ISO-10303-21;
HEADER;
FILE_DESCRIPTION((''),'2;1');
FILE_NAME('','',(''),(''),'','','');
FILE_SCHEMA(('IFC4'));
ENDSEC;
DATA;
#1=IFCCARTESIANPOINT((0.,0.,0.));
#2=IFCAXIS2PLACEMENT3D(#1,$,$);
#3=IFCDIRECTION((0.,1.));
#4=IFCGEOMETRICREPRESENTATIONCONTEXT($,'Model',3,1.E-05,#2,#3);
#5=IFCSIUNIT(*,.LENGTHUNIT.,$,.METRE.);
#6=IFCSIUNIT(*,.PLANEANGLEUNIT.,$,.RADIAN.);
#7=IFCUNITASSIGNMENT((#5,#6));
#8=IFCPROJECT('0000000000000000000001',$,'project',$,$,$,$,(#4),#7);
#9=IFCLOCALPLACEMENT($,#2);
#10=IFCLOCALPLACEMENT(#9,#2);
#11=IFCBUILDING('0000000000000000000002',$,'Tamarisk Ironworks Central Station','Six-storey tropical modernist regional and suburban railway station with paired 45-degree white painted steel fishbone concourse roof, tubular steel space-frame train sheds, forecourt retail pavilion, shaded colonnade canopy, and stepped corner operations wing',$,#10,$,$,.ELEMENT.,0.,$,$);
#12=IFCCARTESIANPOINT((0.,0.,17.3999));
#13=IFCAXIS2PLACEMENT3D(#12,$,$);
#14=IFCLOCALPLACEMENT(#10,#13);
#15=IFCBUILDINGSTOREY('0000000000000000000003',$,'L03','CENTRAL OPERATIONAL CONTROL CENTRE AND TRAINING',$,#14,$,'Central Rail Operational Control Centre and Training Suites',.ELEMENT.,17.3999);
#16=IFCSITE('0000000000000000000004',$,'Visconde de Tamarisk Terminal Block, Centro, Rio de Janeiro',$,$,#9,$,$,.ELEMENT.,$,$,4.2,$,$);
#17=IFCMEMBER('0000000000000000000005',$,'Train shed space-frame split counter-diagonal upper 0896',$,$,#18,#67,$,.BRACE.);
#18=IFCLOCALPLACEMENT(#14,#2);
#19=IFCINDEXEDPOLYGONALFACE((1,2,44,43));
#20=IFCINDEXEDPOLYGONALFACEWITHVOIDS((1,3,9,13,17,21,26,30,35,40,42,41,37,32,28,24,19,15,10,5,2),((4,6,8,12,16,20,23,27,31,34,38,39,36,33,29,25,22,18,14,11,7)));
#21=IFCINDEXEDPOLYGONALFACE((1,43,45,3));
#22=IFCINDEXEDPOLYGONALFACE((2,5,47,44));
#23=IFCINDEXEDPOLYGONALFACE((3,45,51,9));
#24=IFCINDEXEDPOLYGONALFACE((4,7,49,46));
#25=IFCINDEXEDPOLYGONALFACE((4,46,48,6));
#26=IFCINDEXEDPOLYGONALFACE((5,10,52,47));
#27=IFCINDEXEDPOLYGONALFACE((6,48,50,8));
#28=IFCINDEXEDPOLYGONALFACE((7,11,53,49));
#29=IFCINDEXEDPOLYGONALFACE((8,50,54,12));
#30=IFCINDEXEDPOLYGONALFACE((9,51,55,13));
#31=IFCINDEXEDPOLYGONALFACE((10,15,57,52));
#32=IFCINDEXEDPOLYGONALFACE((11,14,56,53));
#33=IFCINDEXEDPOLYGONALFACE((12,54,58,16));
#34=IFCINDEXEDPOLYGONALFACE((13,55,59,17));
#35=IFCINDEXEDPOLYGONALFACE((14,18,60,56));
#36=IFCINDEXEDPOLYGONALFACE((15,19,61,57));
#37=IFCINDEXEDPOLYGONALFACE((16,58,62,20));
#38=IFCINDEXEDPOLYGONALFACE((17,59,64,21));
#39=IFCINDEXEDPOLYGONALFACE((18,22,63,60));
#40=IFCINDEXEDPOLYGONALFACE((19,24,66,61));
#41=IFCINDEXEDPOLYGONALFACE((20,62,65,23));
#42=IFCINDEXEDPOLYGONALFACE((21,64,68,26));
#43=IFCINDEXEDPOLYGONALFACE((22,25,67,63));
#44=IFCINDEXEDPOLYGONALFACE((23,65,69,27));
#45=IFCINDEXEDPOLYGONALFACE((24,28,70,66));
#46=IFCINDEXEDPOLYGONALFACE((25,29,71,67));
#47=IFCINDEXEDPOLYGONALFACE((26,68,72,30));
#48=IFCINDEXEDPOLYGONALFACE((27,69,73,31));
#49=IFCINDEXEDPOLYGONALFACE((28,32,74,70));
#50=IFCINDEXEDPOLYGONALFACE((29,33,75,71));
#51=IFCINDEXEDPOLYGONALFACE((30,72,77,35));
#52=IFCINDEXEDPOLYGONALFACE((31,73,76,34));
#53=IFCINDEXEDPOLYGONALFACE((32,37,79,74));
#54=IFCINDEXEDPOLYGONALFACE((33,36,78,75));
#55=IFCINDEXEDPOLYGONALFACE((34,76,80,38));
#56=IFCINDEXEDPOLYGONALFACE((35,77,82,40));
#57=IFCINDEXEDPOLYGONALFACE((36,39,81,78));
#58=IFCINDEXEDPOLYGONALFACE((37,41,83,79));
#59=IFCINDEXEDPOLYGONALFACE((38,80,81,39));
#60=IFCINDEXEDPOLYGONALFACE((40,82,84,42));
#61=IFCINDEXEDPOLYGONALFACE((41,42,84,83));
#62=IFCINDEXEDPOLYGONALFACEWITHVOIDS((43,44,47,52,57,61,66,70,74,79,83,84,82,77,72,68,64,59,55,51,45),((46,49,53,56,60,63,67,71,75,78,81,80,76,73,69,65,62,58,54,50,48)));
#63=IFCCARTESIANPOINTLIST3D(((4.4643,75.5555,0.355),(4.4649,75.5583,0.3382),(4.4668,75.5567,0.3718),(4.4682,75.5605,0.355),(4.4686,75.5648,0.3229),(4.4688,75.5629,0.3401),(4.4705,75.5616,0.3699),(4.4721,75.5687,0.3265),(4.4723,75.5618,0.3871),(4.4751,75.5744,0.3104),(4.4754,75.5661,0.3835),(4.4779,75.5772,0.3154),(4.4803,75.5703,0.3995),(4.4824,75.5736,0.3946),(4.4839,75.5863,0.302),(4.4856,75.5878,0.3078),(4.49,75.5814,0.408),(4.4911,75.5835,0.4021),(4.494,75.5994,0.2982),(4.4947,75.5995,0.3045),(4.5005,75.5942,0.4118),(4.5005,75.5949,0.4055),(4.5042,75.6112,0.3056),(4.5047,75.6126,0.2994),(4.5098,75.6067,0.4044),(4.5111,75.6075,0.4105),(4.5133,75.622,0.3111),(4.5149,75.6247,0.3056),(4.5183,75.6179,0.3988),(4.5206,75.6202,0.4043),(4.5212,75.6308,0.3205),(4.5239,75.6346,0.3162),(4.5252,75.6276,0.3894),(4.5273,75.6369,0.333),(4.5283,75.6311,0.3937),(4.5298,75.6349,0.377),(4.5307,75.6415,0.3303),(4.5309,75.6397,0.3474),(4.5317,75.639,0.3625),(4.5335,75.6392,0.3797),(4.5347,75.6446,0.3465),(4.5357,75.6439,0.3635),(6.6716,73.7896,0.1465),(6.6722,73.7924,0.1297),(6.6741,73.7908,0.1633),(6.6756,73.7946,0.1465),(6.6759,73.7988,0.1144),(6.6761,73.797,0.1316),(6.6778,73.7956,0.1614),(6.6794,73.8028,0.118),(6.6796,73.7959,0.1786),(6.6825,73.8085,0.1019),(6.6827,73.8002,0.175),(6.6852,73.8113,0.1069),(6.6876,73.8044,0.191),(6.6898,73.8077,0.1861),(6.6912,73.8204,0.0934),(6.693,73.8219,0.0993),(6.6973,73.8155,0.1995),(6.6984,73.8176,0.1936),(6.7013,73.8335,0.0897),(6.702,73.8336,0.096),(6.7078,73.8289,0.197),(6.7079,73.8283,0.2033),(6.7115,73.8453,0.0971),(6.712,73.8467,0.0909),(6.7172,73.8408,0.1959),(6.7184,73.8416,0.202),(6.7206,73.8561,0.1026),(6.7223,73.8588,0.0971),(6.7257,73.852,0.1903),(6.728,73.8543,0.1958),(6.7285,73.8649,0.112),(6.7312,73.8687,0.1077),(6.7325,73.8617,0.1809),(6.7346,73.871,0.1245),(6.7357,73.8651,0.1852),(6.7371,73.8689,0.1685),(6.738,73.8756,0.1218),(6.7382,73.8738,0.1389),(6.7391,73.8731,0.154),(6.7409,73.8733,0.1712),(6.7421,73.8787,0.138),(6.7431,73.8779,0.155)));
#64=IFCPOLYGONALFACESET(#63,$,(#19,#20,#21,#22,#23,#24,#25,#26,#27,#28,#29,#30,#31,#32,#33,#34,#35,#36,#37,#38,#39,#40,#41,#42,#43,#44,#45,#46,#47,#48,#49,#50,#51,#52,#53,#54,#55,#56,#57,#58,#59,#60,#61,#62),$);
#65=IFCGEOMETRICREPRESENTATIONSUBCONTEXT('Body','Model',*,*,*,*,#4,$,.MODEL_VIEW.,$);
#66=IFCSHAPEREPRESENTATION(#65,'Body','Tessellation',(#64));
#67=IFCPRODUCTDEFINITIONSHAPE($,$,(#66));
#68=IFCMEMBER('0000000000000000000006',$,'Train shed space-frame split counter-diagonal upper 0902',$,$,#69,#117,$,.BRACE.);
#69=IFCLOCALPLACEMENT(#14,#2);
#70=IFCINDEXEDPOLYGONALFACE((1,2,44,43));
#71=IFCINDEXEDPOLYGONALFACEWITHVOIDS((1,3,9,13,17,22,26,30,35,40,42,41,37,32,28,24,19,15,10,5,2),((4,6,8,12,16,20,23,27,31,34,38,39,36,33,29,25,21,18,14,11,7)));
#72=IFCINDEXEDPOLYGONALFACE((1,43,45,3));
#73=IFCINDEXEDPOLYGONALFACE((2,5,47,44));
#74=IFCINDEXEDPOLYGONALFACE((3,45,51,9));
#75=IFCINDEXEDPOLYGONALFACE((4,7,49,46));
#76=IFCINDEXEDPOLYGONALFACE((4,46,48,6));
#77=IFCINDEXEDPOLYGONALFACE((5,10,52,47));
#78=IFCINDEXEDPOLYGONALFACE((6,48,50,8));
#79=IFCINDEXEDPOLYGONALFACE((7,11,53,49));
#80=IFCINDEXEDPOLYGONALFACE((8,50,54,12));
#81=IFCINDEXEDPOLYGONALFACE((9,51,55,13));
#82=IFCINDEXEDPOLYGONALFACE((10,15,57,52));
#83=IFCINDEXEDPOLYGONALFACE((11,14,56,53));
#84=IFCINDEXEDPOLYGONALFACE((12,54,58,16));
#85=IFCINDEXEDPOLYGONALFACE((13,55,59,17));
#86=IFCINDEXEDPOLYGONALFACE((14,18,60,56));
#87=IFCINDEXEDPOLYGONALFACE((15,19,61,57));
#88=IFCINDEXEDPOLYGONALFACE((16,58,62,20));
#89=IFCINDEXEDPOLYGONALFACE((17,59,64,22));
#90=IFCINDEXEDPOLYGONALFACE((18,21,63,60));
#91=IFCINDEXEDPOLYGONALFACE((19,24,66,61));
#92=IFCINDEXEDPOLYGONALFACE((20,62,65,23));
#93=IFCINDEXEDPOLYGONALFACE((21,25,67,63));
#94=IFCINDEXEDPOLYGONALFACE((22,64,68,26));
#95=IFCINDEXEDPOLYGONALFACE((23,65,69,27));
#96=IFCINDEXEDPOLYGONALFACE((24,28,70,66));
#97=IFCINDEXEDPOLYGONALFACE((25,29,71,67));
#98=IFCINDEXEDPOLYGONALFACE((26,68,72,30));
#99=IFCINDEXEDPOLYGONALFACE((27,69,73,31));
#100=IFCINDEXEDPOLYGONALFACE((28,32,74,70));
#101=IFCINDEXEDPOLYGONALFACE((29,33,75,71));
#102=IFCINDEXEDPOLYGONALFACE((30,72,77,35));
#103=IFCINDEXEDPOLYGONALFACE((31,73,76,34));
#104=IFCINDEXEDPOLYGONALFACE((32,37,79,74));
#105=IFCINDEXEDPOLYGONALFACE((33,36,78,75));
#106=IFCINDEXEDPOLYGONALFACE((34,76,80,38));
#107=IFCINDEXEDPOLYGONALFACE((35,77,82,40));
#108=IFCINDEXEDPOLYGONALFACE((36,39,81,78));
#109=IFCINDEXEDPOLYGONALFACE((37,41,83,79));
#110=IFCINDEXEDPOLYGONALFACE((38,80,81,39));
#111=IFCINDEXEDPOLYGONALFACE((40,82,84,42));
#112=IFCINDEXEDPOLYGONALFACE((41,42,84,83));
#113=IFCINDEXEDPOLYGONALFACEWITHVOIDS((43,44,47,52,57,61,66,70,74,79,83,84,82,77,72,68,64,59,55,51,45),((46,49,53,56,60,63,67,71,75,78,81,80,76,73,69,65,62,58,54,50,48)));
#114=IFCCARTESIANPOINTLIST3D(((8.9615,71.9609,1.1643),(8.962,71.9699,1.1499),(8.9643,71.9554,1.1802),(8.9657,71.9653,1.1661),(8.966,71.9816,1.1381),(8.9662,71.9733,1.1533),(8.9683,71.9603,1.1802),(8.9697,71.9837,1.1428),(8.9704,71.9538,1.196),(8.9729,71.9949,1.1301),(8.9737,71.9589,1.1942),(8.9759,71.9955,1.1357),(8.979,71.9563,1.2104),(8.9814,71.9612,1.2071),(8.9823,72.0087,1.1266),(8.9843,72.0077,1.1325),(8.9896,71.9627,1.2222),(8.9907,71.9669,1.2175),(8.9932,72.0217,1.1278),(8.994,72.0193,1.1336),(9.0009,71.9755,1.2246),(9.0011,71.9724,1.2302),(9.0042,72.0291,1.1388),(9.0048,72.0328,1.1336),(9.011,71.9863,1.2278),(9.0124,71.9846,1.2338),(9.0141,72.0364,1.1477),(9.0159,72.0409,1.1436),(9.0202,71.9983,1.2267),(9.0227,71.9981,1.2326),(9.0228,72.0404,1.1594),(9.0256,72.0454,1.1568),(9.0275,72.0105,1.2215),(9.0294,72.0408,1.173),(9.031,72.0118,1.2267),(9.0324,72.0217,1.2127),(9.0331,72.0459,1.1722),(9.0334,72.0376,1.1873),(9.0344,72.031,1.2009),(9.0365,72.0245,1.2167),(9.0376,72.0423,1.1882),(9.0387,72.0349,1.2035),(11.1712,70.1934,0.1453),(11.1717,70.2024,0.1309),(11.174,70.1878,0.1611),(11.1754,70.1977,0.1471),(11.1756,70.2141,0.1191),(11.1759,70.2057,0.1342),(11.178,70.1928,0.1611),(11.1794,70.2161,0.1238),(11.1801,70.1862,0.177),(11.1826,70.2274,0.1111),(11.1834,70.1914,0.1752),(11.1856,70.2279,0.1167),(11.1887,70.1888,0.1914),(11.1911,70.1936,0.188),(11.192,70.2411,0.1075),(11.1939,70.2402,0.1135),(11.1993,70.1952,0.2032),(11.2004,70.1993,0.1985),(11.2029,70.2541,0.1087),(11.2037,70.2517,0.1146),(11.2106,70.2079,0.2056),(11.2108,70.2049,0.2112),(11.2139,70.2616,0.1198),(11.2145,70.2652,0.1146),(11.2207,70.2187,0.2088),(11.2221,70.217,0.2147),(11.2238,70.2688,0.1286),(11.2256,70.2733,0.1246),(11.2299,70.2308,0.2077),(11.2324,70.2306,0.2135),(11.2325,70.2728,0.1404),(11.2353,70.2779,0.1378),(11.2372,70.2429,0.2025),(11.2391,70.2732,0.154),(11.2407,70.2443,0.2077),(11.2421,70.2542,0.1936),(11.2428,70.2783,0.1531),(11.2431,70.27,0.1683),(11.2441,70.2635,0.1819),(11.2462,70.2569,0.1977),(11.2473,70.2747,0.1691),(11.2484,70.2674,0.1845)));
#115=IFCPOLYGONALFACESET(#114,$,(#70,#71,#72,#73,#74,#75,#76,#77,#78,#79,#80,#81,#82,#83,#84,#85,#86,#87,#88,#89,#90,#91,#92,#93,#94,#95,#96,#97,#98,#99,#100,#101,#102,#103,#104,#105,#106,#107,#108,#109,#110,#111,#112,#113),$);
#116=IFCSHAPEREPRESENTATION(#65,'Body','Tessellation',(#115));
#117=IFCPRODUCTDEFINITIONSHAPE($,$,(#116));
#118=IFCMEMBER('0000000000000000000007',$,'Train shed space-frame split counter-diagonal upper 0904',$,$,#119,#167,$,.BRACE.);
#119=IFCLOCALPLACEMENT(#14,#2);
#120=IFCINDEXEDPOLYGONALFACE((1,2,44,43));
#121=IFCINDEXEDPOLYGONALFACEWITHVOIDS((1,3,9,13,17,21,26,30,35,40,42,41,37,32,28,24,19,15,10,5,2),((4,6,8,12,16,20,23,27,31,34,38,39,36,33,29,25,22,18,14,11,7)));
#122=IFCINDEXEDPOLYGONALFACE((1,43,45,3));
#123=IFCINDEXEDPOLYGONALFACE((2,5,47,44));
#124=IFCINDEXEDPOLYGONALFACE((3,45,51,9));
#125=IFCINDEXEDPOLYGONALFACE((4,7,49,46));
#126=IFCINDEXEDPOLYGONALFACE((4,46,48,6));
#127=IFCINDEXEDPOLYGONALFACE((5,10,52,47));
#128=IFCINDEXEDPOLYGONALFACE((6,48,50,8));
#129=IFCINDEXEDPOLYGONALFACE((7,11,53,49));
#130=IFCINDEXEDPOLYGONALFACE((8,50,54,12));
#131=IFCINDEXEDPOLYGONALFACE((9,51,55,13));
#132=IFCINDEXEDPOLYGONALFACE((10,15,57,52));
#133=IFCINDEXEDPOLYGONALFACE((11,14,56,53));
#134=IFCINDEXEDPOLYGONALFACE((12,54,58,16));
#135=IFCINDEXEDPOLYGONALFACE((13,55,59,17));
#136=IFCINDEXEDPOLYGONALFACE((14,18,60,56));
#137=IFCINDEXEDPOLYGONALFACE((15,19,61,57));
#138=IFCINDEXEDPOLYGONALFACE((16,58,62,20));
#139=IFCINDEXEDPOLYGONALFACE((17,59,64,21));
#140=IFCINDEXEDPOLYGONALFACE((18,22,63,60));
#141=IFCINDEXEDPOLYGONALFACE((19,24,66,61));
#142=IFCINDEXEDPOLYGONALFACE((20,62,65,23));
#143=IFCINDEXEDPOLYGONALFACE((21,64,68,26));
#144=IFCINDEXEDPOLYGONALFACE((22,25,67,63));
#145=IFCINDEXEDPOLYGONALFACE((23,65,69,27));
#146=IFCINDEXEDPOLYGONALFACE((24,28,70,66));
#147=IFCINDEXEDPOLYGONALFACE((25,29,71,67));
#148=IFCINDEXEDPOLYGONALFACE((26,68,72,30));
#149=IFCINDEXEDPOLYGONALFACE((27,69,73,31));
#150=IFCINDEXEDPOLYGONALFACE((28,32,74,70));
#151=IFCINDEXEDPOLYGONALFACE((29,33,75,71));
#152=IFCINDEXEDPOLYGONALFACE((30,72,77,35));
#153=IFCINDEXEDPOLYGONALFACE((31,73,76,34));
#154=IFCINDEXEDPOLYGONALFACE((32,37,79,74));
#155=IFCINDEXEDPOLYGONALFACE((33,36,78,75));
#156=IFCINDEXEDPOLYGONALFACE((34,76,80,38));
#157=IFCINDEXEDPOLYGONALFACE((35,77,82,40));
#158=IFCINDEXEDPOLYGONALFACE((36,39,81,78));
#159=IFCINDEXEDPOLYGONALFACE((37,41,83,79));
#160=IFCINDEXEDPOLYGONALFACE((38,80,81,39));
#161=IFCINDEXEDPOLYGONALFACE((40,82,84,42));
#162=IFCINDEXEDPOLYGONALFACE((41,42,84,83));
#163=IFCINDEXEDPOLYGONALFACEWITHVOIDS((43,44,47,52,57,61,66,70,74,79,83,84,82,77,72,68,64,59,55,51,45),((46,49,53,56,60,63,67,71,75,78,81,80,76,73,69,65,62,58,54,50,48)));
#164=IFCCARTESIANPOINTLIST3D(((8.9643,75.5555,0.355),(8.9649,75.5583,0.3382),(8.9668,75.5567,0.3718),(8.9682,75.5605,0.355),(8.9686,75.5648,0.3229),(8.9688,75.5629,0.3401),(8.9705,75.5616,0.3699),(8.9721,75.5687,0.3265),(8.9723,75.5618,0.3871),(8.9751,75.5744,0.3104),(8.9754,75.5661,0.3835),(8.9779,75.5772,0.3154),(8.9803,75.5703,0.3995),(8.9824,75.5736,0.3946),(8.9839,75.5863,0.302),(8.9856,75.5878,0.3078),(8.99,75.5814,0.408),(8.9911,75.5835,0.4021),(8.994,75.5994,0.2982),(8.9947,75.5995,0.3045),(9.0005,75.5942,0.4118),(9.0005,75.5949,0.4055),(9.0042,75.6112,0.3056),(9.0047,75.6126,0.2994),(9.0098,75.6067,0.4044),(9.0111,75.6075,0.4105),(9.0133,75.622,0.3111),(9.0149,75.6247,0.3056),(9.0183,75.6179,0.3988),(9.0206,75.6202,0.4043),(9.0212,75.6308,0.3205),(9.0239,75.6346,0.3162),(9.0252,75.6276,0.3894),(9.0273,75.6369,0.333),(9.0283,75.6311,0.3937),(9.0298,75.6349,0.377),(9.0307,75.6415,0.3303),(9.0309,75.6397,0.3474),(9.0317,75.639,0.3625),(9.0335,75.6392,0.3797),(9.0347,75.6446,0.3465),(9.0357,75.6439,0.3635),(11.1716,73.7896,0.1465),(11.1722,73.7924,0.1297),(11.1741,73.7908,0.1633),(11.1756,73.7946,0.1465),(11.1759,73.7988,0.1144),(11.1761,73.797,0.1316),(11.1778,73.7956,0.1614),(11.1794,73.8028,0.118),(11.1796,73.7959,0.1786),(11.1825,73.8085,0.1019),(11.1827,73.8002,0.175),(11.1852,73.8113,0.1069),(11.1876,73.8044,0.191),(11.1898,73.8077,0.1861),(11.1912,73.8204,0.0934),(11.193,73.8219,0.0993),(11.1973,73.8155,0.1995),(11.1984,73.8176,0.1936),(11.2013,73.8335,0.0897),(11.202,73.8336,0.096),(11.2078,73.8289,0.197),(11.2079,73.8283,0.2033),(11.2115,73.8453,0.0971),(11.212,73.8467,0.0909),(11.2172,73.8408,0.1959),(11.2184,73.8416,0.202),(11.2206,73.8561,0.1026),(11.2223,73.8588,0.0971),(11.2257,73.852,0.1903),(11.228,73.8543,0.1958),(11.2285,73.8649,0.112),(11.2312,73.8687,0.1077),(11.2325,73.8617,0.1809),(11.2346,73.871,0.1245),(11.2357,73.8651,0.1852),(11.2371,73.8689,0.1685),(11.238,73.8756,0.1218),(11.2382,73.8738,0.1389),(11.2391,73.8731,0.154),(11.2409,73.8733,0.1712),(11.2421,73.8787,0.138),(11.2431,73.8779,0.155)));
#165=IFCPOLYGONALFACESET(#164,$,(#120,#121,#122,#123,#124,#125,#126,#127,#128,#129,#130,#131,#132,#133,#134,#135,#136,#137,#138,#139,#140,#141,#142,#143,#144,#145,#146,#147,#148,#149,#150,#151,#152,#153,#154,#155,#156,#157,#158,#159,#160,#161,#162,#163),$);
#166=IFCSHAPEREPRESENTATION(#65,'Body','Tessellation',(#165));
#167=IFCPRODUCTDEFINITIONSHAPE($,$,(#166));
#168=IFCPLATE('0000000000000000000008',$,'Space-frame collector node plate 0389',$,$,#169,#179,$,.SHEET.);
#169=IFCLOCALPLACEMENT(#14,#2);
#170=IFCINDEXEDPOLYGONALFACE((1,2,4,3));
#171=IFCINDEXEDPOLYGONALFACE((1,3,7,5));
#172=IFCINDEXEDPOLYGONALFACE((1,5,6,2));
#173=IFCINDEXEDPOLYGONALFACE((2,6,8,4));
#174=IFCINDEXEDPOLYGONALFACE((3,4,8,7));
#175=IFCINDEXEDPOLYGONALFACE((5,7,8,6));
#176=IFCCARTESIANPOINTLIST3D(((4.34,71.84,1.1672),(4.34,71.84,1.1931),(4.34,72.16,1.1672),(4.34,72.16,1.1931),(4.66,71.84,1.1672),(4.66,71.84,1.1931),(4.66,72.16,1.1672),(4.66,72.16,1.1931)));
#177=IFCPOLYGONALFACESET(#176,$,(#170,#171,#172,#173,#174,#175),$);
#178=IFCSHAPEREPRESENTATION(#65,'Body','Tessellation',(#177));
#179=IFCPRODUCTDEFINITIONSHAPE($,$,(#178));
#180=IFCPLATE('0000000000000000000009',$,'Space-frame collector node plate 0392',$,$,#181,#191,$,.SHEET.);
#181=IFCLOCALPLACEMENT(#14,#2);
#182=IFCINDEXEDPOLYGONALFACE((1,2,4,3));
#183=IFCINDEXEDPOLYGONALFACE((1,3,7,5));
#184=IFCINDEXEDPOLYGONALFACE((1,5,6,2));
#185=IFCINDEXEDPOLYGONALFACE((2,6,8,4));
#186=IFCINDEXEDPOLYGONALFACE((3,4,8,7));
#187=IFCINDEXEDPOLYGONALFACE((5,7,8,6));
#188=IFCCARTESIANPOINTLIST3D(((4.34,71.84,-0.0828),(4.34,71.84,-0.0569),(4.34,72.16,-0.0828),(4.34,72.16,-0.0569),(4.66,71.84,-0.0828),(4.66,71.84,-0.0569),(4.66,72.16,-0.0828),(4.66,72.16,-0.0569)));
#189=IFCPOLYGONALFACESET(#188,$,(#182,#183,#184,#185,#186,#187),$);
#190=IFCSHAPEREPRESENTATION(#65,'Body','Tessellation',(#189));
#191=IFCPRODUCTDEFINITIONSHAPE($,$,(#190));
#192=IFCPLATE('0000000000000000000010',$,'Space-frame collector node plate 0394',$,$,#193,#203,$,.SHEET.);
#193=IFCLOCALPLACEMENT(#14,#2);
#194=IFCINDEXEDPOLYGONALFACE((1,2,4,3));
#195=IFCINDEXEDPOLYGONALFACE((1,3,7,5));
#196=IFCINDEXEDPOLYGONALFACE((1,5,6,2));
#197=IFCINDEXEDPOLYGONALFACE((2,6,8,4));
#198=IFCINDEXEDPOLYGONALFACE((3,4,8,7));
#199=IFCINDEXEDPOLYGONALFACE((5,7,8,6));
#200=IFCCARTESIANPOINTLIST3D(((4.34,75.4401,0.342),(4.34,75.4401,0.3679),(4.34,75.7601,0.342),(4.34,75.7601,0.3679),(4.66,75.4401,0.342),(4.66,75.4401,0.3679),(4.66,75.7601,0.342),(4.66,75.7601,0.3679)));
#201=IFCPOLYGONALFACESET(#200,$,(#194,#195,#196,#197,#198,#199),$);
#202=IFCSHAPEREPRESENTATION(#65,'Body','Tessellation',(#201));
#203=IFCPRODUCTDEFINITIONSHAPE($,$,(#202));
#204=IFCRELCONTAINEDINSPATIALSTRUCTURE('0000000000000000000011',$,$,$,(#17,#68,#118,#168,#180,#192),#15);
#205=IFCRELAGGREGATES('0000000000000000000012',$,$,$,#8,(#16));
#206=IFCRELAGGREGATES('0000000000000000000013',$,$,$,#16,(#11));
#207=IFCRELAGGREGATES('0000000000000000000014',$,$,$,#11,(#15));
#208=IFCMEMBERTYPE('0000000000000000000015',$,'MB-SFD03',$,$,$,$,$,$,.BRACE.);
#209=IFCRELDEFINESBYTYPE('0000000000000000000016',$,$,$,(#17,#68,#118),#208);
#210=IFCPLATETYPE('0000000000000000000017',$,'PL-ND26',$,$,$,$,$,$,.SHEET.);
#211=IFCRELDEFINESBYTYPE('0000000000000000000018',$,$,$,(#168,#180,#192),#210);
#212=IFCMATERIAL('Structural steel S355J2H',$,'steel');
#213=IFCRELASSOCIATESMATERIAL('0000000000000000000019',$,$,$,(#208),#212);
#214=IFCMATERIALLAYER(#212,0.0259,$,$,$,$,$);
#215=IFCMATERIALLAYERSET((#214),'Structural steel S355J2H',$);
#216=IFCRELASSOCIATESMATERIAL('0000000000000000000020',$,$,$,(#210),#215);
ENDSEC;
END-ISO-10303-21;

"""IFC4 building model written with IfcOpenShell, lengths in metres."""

from ifc_helpers import new_model, si_unit, direction, frame, origin, origin_2d, place, context, subcontext, project, spatial, rectangle, hollow_circle, extrude, material, layer, layer_set, material_profile, profile_set, type_object, element, save


model = new_model("IFC4")

# Units and contexts
model_context = context("Model", 3, precision=1e-05, world=origin(), true_north=direction((0.0, 1.0)))
body_context = subcontext(model_context, "Body", "Model", "MODEL_VIEW")
ifc_project = project(units=[si_unit("LENGTHUNIT", "METRE"), si_unit("PLANEANGLEUNIT", "RADIAN")], contexts=[model_context])

# Site, building, storey
site_placement = place(None, origin())
site = spatial("IfcSite", under=ifc_project, at=site_placement, Name="Visconde de Tamarisk Terminal Block, Centro, Rio de Janeiro", CompositionType="ELEMENT", RefElevation=4.2)
building_placement = place(site_placement, origin())
building = spatial("IfcBuilding", under=site, at=building_placement, Name="Tamarisk Ironworks Central Station", Description="Six-storey tropical modernist regional and suburban railway station with paired 45-degree white painted steel fishbone concourse roof, tubular steel space-frame train sheds, forecourt retail pavilion, shaded colonnade canopy, and stepped corner operations wing", CompositionType="ELEMENT", ElevationOfRefHeight=0.0)
storey_placement = place(building_placement, frame((0.0, 0.0, 17.3999)))
storey = spatial("IfcBuildingStorey", under=building, at=storey_placement, Name="L03", Description="CENTRAL OPERATIONAL CONTROL CENTRE AND TRAINING", LongName="Central Rail Operational Control Centre and Training Suites", CompositionType="ELEMENT", Elevation=17.3999)

# Members
ifc_material = material(Name="Structural steel S355J2H", Category="steel")
ifc_material_profile_1 = material_profile(ifc_material, hollow_circle(Radius=0.0571, WallThickness=0.0063, at=origin_2d()), Name="CHS 114.3x6.3")
ifc_profile_set_1 = profile_set([ifc_material_profile_1], Name="Structural steel S355J2H")
member_type_1 = type_object("IfcMemberType", Name="MB-SFD03", PredefinedType="BRACE", material=ifc_profile_set_1)
member_1_placement = place(storey_placement, frame((6.7073, 73.8342, 0.1465), z_axis=(-0.778745, 0.623013, 0.073559), x_axis=(-0.624706, -0.78086, 0.0)))
element("IfcMember", 1, at=member_1_placement, inside=storey, type_object=member_type_1, Name="Train shed space-frame split counter-diagonal upper 0896", PredefinedType="BRACE", context=body_context, shape_type="SweptSolid", body=[
    extrude(hollow_circle(Radius=0.0571, WallThickness=0.0063, at=origin_2d()), origin(), (0.0, 0.0, 1.0), 2.8345),
])
member_2_placement = place(storey_placement, frame((11.2097, 70.2324, 0.1611), z_axis=(-0.734712, 0.587705, 0.338823), x_axis=(-0.624653, -0.780902, 0.0)))
element("IfcMember", 2, at=member_2_placement, inside=storey, type_object=member_type_1, Name="Train shed space-frame split counter-diagonal upper 0902", PredefinedType="BRACE", context=body_context, shape_type="SweptSolid", body=[
    extrude(hollow_circle(Radius=0.0571, WallThickness=0.0063, at=origin_2d()), origin(), (0.0, 0.0, 1.0), 3.0076),
])
member_3_placement = place(storey_placement, frame((11.2073, 73.8342, 0.1465), z_axis=(-0.778745, 0.623013, 0.073559), x_axis=(-0.624706, -0.78086, 0.0)))
element("IfcMember", 3, at=member_3_placement, inside=storey, type_object=member_type_1, Name="Train shed space-frame split counter-diagonal upper 0904", PredefinedType="BRACE", context=body_context, shape_type="SweptSolid", body=[
    extrude(hollow_circle(Radius=0.0571, WallThickness=0.0063, at=origin_2d()), origin(), (0.0, 0.0, 1.0), 2.8345),
])

# Plates
ifc_layer = layer(ifc_material, 0.0259)
ifc_layer_set = layer_set([ifc_layer], Name="Structural steel S355J2H")
plate_type = type_object("IfcPlateType", Name="PL-ND26", PredefinedType="SHEET", material=ifc_layer_set)
for number, where, z_axis, x_axis, name in (
    (4, (4.5, 72.0, 1.1672), (0.0, 0.0, 1.0), (1.0, 0.0, 0.0), "Space-frame collector node plate 0389"),
    (5, (4.5, 72.0, -0.0828), (0.0, 0.0, 1.0), (1.0, 0.0, 0.0), "Space-frame collector node plate 0392"),
    (6, (4.5, 75.6001, 0.342), (0.0, 0.0, 1.0), (1.0, 0.0, 0.0), "Space-frame collector node plate 0394"),
):
    element("IfcPlate", number, at=place(storey_placement, frame(where, z_axis=z_axis, x_axis=x_axis)), inside=storey, type_object=plate_type, Name=name, PredefinedType="SHEET", context=body_context, shape_type="SweptSolid", body=[
        extrude(rectangle(XDim=0.3201, YDim=0.3201, at=origin_2d()), origin(), (0.0, 0.0, 1.0), 0.0259),
    ])

save(model, "model.ifc")
